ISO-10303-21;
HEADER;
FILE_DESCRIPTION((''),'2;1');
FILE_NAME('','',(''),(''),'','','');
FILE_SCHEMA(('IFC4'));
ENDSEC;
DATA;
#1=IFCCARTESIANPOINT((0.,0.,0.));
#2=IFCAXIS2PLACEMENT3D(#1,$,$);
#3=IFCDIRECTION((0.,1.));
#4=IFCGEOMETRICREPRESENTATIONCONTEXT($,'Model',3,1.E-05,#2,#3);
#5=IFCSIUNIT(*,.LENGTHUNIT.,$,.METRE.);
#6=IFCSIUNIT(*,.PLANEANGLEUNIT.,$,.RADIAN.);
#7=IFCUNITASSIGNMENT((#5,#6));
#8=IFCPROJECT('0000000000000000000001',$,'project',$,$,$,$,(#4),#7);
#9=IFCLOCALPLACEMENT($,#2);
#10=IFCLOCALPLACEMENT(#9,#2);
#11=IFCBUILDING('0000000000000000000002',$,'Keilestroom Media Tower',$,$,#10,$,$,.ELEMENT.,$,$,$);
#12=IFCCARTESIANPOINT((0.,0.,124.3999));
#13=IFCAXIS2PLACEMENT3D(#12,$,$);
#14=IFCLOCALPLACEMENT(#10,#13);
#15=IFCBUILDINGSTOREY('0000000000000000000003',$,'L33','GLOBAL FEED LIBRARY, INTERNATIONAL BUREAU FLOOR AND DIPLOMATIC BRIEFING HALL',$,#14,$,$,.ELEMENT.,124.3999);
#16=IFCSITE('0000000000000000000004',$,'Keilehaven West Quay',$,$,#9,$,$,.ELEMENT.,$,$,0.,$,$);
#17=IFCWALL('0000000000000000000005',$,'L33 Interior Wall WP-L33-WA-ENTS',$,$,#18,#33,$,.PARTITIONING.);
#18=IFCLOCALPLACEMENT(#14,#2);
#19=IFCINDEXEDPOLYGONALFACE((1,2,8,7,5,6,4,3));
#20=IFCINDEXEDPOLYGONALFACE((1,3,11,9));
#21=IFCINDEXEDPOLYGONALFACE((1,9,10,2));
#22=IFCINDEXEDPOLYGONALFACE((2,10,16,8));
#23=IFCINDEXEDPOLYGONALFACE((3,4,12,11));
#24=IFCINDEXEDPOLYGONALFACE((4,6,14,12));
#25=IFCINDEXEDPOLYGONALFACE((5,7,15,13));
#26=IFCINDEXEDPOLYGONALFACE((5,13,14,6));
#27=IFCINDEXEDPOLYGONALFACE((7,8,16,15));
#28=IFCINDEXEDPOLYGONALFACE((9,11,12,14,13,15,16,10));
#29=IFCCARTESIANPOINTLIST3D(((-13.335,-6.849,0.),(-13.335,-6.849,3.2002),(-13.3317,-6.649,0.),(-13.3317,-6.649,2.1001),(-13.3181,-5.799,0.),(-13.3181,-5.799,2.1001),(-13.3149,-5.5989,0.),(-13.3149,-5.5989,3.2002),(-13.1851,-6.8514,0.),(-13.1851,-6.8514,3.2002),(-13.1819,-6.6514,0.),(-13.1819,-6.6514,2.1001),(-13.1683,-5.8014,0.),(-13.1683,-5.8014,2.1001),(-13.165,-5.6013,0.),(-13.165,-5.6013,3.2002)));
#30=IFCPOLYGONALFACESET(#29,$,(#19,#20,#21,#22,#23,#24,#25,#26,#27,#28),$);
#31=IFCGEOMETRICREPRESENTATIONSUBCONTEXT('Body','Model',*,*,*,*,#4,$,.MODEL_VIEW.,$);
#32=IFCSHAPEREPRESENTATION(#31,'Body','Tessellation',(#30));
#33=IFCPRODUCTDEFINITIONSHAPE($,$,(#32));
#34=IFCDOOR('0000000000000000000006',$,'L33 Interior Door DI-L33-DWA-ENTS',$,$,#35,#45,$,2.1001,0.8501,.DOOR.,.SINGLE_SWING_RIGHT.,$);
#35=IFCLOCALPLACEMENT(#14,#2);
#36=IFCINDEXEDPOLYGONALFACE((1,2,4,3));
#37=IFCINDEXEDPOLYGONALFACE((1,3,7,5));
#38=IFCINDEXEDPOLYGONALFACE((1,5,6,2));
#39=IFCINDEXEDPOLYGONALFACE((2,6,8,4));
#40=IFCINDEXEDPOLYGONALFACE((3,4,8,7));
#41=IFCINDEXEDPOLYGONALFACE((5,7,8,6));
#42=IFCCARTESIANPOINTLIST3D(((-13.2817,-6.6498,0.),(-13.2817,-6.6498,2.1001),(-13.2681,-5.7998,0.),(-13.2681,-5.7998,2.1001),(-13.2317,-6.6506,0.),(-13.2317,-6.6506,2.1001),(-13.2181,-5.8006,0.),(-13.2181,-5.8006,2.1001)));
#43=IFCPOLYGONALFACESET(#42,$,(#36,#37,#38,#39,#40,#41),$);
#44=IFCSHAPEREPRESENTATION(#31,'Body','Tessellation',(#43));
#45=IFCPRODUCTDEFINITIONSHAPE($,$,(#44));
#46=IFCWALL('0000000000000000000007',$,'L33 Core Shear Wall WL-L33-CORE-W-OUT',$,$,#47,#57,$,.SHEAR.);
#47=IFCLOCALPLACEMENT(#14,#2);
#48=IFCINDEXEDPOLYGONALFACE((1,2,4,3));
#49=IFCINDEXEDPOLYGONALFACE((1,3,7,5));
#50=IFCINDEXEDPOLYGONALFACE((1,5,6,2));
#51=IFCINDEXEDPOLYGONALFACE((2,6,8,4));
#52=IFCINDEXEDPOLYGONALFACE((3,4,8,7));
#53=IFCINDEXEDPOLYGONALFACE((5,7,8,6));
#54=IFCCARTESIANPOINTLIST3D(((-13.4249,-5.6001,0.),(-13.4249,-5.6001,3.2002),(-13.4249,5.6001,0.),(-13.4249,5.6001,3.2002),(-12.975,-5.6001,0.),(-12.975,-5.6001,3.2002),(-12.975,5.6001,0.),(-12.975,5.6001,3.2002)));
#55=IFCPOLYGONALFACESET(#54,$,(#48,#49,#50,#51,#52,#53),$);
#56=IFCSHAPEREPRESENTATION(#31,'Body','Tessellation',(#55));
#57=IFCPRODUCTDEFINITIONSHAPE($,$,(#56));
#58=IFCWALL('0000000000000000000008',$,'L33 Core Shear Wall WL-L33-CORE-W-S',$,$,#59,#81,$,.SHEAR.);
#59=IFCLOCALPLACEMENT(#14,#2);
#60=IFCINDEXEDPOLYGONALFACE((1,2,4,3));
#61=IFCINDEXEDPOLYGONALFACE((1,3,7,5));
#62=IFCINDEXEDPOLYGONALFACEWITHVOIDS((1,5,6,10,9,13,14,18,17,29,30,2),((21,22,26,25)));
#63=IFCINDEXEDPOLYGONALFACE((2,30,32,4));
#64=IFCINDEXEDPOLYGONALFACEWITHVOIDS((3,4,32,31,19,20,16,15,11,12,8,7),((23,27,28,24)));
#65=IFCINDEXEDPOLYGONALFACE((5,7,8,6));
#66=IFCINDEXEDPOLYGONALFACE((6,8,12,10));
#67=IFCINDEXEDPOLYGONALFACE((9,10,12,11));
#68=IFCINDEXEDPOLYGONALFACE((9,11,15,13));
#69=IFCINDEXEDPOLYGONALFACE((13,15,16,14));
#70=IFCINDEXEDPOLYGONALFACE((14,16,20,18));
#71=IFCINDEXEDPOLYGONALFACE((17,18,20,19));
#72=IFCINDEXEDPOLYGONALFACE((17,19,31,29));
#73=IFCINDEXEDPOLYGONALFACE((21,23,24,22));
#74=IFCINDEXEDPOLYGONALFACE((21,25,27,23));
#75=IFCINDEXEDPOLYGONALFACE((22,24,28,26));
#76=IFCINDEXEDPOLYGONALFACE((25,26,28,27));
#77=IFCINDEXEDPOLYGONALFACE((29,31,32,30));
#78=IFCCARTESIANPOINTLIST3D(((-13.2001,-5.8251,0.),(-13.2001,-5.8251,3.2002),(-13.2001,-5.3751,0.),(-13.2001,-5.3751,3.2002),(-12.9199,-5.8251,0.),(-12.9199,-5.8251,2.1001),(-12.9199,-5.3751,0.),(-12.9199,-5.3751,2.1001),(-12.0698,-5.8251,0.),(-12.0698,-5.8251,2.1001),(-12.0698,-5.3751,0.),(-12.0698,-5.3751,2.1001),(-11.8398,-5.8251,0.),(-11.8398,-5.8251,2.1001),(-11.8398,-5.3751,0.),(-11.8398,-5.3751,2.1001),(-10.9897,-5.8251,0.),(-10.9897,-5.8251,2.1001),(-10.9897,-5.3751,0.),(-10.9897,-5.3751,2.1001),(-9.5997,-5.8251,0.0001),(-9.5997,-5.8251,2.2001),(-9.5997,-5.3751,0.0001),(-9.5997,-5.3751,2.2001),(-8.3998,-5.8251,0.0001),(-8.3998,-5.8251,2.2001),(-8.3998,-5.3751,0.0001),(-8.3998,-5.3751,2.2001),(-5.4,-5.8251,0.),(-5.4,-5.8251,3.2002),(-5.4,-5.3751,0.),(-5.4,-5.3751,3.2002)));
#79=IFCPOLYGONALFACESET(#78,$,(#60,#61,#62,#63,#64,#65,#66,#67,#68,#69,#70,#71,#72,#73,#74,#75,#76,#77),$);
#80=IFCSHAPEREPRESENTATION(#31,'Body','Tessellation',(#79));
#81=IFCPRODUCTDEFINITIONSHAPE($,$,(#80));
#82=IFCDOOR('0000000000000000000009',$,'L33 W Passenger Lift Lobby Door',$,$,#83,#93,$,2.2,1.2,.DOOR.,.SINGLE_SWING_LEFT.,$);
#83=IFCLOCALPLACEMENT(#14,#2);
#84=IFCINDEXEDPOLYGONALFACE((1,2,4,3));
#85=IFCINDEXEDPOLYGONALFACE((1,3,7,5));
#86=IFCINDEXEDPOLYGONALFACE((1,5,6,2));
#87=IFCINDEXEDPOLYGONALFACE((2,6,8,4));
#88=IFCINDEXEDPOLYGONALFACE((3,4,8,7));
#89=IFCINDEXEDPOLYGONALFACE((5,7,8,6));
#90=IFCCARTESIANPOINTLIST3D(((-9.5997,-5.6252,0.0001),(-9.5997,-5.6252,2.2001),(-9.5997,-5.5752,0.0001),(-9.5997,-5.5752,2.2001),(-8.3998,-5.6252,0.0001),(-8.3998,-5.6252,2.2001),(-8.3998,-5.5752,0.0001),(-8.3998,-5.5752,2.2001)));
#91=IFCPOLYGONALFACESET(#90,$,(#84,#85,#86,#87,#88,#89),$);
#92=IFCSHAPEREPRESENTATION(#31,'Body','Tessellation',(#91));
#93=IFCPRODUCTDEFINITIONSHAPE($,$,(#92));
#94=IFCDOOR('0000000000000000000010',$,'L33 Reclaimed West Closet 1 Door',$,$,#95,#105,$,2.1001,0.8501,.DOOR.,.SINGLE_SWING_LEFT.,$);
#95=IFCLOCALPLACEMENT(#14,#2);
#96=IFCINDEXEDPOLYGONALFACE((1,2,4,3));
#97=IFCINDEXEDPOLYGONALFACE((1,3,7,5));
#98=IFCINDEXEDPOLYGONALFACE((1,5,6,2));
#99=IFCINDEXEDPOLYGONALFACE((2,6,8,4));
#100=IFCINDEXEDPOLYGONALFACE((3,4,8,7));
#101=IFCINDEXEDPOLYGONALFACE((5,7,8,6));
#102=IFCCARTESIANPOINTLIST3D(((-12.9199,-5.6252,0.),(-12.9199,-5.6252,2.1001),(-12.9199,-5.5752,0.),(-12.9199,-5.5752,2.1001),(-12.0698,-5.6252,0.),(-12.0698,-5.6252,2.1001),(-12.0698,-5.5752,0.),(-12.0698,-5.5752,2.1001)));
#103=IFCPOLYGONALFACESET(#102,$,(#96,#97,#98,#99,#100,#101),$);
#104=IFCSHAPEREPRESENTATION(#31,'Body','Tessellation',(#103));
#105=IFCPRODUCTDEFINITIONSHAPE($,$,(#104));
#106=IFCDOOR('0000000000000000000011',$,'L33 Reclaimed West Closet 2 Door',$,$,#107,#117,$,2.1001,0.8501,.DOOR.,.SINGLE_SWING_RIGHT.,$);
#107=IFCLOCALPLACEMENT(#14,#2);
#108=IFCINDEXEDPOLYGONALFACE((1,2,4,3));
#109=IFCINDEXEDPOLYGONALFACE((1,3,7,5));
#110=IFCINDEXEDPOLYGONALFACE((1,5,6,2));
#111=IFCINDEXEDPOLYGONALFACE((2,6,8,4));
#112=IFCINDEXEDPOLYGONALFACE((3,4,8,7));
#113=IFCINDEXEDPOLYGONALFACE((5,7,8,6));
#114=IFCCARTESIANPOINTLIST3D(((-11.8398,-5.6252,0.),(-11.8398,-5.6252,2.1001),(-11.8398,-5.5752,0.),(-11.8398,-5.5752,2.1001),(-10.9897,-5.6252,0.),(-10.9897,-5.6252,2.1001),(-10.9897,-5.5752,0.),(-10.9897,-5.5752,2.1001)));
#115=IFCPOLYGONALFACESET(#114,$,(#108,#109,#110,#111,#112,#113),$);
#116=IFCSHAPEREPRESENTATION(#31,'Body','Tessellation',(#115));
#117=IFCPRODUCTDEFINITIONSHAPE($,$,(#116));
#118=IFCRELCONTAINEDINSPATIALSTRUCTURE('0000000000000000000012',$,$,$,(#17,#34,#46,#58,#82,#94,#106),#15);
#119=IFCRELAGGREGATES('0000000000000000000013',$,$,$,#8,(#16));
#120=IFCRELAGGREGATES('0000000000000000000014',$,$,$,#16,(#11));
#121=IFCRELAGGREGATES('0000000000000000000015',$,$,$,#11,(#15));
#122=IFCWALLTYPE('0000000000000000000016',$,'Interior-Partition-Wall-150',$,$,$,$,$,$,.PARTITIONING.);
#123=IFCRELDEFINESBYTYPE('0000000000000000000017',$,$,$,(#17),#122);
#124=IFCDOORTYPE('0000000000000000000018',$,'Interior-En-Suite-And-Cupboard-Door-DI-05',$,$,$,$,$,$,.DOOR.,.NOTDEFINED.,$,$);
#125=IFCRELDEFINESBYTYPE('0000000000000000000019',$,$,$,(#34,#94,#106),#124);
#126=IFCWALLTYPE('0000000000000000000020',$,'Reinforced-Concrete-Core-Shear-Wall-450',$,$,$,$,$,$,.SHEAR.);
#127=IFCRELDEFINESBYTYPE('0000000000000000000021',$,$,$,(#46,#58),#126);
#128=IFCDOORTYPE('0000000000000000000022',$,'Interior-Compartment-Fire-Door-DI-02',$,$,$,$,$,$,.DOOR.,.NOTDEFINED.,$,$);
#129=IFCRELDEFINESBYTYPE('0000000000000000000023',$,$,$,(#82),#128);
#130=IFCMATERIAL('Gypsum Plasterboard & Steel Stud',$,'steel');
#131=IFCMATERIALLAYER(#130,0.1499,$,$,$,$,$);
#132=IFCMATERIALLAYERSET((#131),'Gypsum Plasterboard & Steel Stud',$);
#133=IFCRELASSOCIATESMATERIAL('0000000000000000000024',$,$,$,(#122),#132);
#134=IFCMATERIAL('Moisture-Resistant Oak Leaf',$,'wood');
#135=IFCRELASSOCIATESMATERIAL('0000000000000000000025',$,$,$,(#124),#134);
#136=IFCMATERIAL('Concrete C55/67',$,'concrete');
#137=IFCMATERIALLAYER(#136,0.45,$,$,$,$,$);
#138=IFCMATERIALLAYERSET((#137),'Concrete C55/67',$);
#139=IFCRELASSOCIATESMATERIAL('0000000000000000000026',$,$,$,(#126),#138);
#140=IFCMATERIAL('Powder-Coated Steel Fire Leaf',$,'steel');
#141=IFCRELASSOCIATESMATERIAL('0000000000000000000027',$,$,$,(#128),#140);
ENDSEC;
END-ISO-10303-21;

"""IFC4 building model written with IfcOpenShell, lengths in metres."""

from ifc_helpers import new_model, si_unit, direction, frame, frame_2d, origin, place, context, subcontext, project, spatial, rectangle, extrude, source, transform, mapped, material, layer, layer_set, type_object, element, fill, save


model = new_model("IFC4")

# Units and contexts
model_context = context("Model", 3, precision=1e-05, world=origin(), true_north=direction((0.0, 1.0)))
body_context = subcontext(model_context, "Body", "Model", "MODEL_VIEW")
ifc_project = project(units=[si_unit("LENGTHUNIT", "METRE"), si_unit("PLANEANGLEUNIT", "RADIAN")], contexts=[model_context])

# Site, building, storey
site_placement = place(None, origin())
site = spatial("IfcSite", under=ifc_project, at=site_placement, Name="Keilehaven West Quay", CompositionType="ELEMENT", RefElevation=0.0)
building_placement = place(site_placement, origin())
building = spatial("IfcBuilding", under=site, at=building_placement, Name="Keilestroom Media Tower", CompositionType="ELEMENT")
storey_placement = place(building_placement, frame((0.0, 0.0, 124.3999)))
storey = spatial("IfcBuildingStorey", under=building, at=storey_placement, Name="L33", Description="GLOBAL FEED LIBRARY, INTERNATIONAL BUREAU FLOOR AND DIPLOMATIC BRIEFING HALL", CompositionType="ELEMENT", Elevation=124.3999)

# Shared definitions
ifc_material_1 = material(Name="Gypsum Plasterboard & Steel Stud", Category="steel")
ifc_layer_1 = layer(ifc_material_1, 0.1499)
ifc_layer_set_1 = layer_set([ifc_layer_1], Name="Gypsum Plasterboard & Steel Stud")
wall_type_1 = type_object("IfcWallType", Name="Interior-Partition-Wall-150", PredefinedType="PARTITIONING", material=ifc_layer_set_1)

# Wall, opening, door
wall_1_placement = place(storey_placement, frame((-13.26, -6.8501, 0.0), z_axis=(0.0, 0.0, 1.0), x_axis=(0.016014, 0.999872, 0.0)))
wall_1 = element("IfcWall", 1, at=wall_1_placement, inside=storey, type_object=wall_type_1, Name="L33 Interior Wall WP-L33-WA-ENTS", PredefinedType="PARTITIONING", context=body_context, shape_type="SweptSolid", body=[
    extrude(rectangle(XDim=1.2502, YDim=0.1499, at=frame_2d((0.625, 0.0))), origin(), (0.0, 0.0, 1.0), 3.2002),
])
opening_1_placement = place(wall_1_placement, frame((0.2, 0.0, 0.0)))
opening_1 = element("IfcOpeningElement", 2, at=opening_1_placement, cuts=wall_1, PredefinedType="OPENING", context=body_context, shape_type="SweptSolid", body=[
    extrude(rectangle(XDim=0.8501, YDim=2.1001, at=frame_2d((0.425, 1.05))), frame((0.0, 0.085, 0.0), z_axis=(0.0, -1.0, 0.0), x_axis=(1.0, 0.0, 0.0)), (0.0, 0.0, 1.0), 0.1699),
])
ifc_material_2 = material(Name="Moisture-Resistant Oak Leaf", Category="wood")
door_type_1 = type_object("IfcDoorType", Name="Interior-En-Suite-And-Cupboard-Door-DI-05", OperationType="NOTDEFINED", PredefinedType="DOOR", material=ifc_material_2)
shared_shape_1 = source(origin(), body_context, "Body", "SweptSolid", [
    extrude(rectangle(XDim=0.8501, YDim=2.1001, at=frame_2d((0.425, 1.05))), frame((0.0, 0.0249, 0.0), z_axis=(0.0, -1.0, 0.0), x_axis=(1.0, 0.0, 0.0)), (0.0, 0.0, 1.0), 0.05),
])
door_1_placement = place(opening_1_placement, origin())
door_1 = element("IfcDoor", 3, at=door_1_placement, inside=storey, type_object=door_type_1, Name="L33 Interior Door DI-L33-DWA-ENTS", OperationType="SINGLE_SWING_RIGHT", OverallHeight=2.1001, OverallWidth=0.8501, PredefinedType="DOOR", context=body_context, shape_type="MappedRepresentation", body=[
    mapped(shared_shape_1, transform((0.0, 0.0, 0.0), x_axis=(1.0, 0.0, 0.0), y_axis=(0.0, 1.0, 0.0), z_axis=(0.0, 0.0, 1.0), scale=1.0)),
])
fill(opening_1, door_1)

# Wall
ifc_material_3 = material(Name="Concrete C55/67", Category="concrete")
ifc_layer_2 = layer(ifc_material_3, 0.45)
ifc_layer_set_2 = layer_set([ifc_layer_2], Name="Concrete C55/67")
wall_type_2 = type_object("IfcWallType", Name="Reinforced-Concrete-Core-Shear-Wall-450", PredefinedType="SHEAR", material=ifc_layer_set_2)
wall_2_placement = place(storey_placement, frame((-13.2, -5.6001, 0.0), z_axis=(0.0, 0.0, 1.0), x_axis=(0.0, 1.0, 0.0)))
element("IfcWall", 4, at=wall_2_placement, inside=storey, type_object=wall_type_2, Name="L33 Core Shear Wall WL-L33-CORE-W-OUT", PredefinedType="SHEAR", context=body_context, shape_type="SweptSolid", body=[
    extrude(rectangle(XDim=11.2002, YDim=0.45, at=frame_2d((5.6001, 0.0))), origin(), (0.0, 0.0, 1.0), 3.2002),
])

# Wall, openings, doors
wall_3_placement = place(storey_placement, frame((-13.2, -5.6001, 0.0), z_axis=(0.0, 0.0, 1.0), x_axis=(1.0, 0.0, 0.0)))
wall_3 = element("IfcWall", 5, at=wall_3_placement, inside=storey, type_object=wall_type_2, Name="L33 Core Shear Wall WL-L33-CORE-W-S", PredefinedType="SHEAR", context=body_context, shape_type="SweptSolid", body=[
    extrude(rectangle(XDim=7.8, YDim=0.45, at=frame_2d((3.8999, 0.0))), origin(), (0.0, 0.0, 1.0), 3.2002),
])
opening_2_placement = place(wall_3_placement, frame((3.6001, 0.0, 0.0)))
opening_2 = element("IfcOpeningElement", 6, at=opening_2_placement, cuts=wall_3, PredefinedType="OPENING", context=body_context, shape_type="SweptSolid", body=[
    extrude(rectangle(XDim=1.2, YDim=2.2, at=frame_2d((0.6001, 1.1001))), frame((0.0, 0.2349, 0.0), z_axis=(0.0, -1.0, 0.0), x_axis=(1.0, 0.0, 0.0)), (0.0, 0.0, 1.0), 0.47),
])
opening_3_placement = place(wall_3_placement, frame((0.28, 0.0, 0.0)))
opening_3 = element("IfcOpeningElement", 7, at=opening_3_placement, cuts=wall_3, PredefinedType="OPENING", context=body_context, shape_type="SweptSolid", body=[
    extrude(rectangle(XDim=0.8501, YDim=2.1001, at=frame_2d((0.425, 1.05))), frame((0.0, 0.2349, 0.0), z_axis=(0.0, -1.0, 0.0), x_axis=(1.0, 0.0, 0.0)), (0.0, 0.0, 1.0), 0.47),
])
opening_4_placement = place(wall_3_placement, frame((1.3601, 0.0, 0.0)))
opening_4 = element("IfcOpeningElement", 8, at=opening_4_placement, cuts=wall_3, PredefinedType="OPENING", context=body_context, shape_type="SweptSolid", body=[
    extrude(rectangle(XDim=0.8501, YDim=2.1001, at=frame_2d((0.425, 1.05))), frame((0.0, 0.2349, 0.0), z_axis=(0.0, -1.0, 0.0), x_axis=(1.0, 0.0, 0.0)), (0.0, 0.0, 1.0), 0.47),
])
ifc_material_4 = material(Name="Powder-Coated Steel Fire Leaf", Category="steel")
door_type_2 = type_object("IfcDoorType", Name="Interior-Compartment-Fire-Door-DI-02", OperationType="NOTDEFINED", PredefinedType="DOOR", material=ifc_material_4)
shared_shape_2 = source(origin(), body_context, "Body", "SweptSolid", [
    extrude(rectangle(XDim=1.2, YDim=2.2, at=frame_2d((0.6001, 1.1001))), frame((0.0, 0.0249, 0.0), z_axis=(0.0, -1.0, 0.0), x_axis=(1.0, 0.0, 0.0)), (0.0, 0.0, 1.0), 0.05),
])
door_2_placement = place(opening_2_placement, origin())
door_2 = element("IfcDoor", 9, at=door_2_placement, inside=storey, type_object=door_type_2, Name="L33 W Passenger Lift Lobby Door", OperationType="SINGLE_SWING_LEFT", OverallHeight=2.2, OverallWidth=1.2, PredefinedType="DOOR", context=body_context, shape_type="MappedRepresentation", body=[
    mapped(shared_shape_2, transform((0.0, 0.0, 0.0), x_axis=(1.0, 0.0, 0.0), y_axis=(0.0, 1.0, 0.0), z_axis=(0.0, 0.0, 1.0), scale=1.0)),
])
fill(opening_2, door_2)
door_3_placement = place(opening_3_placement, origin())
door_3 = element("IfcDoor", 10, at=door_3_placement, inside=storey, type_object=door_type_1, Name="L33 Reclaimed West Closet 1 Door", OperationType="SINGLE_SWING_LEFT", OverallHeight=2.1001, OverallWidth=0.8501, PredefinedType="DOOR", context=body_context, shape_type="MappedRepresentation", body=[
    mapped(shared_shape_1, transform((0.0, 0.0, 0.0), x_axis=(1.0, 0.0, 0.0), y_axis=(0.0, 1.0, 0.0), z_axis=(0.0, 0.0, 1.0), scale=1.0)),
])
fill(opening_3, door_3)
door_4_placement = place(opening_4_placement, origin())
door_4 = element("IfcDoor", 11, at=door_4_placement, inside=storey, type_object=door_type_1, Name="L33 Reclaimed West Closet 2 Door", OperationType="SINGLE_SWING_RIGHT", OverallHeight=2.1001, OverallWidth=0.8501, PredefinedType="DOOR", context=body_context, shape_type="MappedRepresentation", body=[
    mapped(shared_shape_1, transform((0.0, 0.0, 0.0), x_axis=(1.0, 0.0, 0.0), y_axis=(0.0, 1.0, 0.0), z_axis=(0.0, 0.0, 1.0), scale=1.0)),
])
fill(opening_4, door_4)

save(model, "model.ifc")
